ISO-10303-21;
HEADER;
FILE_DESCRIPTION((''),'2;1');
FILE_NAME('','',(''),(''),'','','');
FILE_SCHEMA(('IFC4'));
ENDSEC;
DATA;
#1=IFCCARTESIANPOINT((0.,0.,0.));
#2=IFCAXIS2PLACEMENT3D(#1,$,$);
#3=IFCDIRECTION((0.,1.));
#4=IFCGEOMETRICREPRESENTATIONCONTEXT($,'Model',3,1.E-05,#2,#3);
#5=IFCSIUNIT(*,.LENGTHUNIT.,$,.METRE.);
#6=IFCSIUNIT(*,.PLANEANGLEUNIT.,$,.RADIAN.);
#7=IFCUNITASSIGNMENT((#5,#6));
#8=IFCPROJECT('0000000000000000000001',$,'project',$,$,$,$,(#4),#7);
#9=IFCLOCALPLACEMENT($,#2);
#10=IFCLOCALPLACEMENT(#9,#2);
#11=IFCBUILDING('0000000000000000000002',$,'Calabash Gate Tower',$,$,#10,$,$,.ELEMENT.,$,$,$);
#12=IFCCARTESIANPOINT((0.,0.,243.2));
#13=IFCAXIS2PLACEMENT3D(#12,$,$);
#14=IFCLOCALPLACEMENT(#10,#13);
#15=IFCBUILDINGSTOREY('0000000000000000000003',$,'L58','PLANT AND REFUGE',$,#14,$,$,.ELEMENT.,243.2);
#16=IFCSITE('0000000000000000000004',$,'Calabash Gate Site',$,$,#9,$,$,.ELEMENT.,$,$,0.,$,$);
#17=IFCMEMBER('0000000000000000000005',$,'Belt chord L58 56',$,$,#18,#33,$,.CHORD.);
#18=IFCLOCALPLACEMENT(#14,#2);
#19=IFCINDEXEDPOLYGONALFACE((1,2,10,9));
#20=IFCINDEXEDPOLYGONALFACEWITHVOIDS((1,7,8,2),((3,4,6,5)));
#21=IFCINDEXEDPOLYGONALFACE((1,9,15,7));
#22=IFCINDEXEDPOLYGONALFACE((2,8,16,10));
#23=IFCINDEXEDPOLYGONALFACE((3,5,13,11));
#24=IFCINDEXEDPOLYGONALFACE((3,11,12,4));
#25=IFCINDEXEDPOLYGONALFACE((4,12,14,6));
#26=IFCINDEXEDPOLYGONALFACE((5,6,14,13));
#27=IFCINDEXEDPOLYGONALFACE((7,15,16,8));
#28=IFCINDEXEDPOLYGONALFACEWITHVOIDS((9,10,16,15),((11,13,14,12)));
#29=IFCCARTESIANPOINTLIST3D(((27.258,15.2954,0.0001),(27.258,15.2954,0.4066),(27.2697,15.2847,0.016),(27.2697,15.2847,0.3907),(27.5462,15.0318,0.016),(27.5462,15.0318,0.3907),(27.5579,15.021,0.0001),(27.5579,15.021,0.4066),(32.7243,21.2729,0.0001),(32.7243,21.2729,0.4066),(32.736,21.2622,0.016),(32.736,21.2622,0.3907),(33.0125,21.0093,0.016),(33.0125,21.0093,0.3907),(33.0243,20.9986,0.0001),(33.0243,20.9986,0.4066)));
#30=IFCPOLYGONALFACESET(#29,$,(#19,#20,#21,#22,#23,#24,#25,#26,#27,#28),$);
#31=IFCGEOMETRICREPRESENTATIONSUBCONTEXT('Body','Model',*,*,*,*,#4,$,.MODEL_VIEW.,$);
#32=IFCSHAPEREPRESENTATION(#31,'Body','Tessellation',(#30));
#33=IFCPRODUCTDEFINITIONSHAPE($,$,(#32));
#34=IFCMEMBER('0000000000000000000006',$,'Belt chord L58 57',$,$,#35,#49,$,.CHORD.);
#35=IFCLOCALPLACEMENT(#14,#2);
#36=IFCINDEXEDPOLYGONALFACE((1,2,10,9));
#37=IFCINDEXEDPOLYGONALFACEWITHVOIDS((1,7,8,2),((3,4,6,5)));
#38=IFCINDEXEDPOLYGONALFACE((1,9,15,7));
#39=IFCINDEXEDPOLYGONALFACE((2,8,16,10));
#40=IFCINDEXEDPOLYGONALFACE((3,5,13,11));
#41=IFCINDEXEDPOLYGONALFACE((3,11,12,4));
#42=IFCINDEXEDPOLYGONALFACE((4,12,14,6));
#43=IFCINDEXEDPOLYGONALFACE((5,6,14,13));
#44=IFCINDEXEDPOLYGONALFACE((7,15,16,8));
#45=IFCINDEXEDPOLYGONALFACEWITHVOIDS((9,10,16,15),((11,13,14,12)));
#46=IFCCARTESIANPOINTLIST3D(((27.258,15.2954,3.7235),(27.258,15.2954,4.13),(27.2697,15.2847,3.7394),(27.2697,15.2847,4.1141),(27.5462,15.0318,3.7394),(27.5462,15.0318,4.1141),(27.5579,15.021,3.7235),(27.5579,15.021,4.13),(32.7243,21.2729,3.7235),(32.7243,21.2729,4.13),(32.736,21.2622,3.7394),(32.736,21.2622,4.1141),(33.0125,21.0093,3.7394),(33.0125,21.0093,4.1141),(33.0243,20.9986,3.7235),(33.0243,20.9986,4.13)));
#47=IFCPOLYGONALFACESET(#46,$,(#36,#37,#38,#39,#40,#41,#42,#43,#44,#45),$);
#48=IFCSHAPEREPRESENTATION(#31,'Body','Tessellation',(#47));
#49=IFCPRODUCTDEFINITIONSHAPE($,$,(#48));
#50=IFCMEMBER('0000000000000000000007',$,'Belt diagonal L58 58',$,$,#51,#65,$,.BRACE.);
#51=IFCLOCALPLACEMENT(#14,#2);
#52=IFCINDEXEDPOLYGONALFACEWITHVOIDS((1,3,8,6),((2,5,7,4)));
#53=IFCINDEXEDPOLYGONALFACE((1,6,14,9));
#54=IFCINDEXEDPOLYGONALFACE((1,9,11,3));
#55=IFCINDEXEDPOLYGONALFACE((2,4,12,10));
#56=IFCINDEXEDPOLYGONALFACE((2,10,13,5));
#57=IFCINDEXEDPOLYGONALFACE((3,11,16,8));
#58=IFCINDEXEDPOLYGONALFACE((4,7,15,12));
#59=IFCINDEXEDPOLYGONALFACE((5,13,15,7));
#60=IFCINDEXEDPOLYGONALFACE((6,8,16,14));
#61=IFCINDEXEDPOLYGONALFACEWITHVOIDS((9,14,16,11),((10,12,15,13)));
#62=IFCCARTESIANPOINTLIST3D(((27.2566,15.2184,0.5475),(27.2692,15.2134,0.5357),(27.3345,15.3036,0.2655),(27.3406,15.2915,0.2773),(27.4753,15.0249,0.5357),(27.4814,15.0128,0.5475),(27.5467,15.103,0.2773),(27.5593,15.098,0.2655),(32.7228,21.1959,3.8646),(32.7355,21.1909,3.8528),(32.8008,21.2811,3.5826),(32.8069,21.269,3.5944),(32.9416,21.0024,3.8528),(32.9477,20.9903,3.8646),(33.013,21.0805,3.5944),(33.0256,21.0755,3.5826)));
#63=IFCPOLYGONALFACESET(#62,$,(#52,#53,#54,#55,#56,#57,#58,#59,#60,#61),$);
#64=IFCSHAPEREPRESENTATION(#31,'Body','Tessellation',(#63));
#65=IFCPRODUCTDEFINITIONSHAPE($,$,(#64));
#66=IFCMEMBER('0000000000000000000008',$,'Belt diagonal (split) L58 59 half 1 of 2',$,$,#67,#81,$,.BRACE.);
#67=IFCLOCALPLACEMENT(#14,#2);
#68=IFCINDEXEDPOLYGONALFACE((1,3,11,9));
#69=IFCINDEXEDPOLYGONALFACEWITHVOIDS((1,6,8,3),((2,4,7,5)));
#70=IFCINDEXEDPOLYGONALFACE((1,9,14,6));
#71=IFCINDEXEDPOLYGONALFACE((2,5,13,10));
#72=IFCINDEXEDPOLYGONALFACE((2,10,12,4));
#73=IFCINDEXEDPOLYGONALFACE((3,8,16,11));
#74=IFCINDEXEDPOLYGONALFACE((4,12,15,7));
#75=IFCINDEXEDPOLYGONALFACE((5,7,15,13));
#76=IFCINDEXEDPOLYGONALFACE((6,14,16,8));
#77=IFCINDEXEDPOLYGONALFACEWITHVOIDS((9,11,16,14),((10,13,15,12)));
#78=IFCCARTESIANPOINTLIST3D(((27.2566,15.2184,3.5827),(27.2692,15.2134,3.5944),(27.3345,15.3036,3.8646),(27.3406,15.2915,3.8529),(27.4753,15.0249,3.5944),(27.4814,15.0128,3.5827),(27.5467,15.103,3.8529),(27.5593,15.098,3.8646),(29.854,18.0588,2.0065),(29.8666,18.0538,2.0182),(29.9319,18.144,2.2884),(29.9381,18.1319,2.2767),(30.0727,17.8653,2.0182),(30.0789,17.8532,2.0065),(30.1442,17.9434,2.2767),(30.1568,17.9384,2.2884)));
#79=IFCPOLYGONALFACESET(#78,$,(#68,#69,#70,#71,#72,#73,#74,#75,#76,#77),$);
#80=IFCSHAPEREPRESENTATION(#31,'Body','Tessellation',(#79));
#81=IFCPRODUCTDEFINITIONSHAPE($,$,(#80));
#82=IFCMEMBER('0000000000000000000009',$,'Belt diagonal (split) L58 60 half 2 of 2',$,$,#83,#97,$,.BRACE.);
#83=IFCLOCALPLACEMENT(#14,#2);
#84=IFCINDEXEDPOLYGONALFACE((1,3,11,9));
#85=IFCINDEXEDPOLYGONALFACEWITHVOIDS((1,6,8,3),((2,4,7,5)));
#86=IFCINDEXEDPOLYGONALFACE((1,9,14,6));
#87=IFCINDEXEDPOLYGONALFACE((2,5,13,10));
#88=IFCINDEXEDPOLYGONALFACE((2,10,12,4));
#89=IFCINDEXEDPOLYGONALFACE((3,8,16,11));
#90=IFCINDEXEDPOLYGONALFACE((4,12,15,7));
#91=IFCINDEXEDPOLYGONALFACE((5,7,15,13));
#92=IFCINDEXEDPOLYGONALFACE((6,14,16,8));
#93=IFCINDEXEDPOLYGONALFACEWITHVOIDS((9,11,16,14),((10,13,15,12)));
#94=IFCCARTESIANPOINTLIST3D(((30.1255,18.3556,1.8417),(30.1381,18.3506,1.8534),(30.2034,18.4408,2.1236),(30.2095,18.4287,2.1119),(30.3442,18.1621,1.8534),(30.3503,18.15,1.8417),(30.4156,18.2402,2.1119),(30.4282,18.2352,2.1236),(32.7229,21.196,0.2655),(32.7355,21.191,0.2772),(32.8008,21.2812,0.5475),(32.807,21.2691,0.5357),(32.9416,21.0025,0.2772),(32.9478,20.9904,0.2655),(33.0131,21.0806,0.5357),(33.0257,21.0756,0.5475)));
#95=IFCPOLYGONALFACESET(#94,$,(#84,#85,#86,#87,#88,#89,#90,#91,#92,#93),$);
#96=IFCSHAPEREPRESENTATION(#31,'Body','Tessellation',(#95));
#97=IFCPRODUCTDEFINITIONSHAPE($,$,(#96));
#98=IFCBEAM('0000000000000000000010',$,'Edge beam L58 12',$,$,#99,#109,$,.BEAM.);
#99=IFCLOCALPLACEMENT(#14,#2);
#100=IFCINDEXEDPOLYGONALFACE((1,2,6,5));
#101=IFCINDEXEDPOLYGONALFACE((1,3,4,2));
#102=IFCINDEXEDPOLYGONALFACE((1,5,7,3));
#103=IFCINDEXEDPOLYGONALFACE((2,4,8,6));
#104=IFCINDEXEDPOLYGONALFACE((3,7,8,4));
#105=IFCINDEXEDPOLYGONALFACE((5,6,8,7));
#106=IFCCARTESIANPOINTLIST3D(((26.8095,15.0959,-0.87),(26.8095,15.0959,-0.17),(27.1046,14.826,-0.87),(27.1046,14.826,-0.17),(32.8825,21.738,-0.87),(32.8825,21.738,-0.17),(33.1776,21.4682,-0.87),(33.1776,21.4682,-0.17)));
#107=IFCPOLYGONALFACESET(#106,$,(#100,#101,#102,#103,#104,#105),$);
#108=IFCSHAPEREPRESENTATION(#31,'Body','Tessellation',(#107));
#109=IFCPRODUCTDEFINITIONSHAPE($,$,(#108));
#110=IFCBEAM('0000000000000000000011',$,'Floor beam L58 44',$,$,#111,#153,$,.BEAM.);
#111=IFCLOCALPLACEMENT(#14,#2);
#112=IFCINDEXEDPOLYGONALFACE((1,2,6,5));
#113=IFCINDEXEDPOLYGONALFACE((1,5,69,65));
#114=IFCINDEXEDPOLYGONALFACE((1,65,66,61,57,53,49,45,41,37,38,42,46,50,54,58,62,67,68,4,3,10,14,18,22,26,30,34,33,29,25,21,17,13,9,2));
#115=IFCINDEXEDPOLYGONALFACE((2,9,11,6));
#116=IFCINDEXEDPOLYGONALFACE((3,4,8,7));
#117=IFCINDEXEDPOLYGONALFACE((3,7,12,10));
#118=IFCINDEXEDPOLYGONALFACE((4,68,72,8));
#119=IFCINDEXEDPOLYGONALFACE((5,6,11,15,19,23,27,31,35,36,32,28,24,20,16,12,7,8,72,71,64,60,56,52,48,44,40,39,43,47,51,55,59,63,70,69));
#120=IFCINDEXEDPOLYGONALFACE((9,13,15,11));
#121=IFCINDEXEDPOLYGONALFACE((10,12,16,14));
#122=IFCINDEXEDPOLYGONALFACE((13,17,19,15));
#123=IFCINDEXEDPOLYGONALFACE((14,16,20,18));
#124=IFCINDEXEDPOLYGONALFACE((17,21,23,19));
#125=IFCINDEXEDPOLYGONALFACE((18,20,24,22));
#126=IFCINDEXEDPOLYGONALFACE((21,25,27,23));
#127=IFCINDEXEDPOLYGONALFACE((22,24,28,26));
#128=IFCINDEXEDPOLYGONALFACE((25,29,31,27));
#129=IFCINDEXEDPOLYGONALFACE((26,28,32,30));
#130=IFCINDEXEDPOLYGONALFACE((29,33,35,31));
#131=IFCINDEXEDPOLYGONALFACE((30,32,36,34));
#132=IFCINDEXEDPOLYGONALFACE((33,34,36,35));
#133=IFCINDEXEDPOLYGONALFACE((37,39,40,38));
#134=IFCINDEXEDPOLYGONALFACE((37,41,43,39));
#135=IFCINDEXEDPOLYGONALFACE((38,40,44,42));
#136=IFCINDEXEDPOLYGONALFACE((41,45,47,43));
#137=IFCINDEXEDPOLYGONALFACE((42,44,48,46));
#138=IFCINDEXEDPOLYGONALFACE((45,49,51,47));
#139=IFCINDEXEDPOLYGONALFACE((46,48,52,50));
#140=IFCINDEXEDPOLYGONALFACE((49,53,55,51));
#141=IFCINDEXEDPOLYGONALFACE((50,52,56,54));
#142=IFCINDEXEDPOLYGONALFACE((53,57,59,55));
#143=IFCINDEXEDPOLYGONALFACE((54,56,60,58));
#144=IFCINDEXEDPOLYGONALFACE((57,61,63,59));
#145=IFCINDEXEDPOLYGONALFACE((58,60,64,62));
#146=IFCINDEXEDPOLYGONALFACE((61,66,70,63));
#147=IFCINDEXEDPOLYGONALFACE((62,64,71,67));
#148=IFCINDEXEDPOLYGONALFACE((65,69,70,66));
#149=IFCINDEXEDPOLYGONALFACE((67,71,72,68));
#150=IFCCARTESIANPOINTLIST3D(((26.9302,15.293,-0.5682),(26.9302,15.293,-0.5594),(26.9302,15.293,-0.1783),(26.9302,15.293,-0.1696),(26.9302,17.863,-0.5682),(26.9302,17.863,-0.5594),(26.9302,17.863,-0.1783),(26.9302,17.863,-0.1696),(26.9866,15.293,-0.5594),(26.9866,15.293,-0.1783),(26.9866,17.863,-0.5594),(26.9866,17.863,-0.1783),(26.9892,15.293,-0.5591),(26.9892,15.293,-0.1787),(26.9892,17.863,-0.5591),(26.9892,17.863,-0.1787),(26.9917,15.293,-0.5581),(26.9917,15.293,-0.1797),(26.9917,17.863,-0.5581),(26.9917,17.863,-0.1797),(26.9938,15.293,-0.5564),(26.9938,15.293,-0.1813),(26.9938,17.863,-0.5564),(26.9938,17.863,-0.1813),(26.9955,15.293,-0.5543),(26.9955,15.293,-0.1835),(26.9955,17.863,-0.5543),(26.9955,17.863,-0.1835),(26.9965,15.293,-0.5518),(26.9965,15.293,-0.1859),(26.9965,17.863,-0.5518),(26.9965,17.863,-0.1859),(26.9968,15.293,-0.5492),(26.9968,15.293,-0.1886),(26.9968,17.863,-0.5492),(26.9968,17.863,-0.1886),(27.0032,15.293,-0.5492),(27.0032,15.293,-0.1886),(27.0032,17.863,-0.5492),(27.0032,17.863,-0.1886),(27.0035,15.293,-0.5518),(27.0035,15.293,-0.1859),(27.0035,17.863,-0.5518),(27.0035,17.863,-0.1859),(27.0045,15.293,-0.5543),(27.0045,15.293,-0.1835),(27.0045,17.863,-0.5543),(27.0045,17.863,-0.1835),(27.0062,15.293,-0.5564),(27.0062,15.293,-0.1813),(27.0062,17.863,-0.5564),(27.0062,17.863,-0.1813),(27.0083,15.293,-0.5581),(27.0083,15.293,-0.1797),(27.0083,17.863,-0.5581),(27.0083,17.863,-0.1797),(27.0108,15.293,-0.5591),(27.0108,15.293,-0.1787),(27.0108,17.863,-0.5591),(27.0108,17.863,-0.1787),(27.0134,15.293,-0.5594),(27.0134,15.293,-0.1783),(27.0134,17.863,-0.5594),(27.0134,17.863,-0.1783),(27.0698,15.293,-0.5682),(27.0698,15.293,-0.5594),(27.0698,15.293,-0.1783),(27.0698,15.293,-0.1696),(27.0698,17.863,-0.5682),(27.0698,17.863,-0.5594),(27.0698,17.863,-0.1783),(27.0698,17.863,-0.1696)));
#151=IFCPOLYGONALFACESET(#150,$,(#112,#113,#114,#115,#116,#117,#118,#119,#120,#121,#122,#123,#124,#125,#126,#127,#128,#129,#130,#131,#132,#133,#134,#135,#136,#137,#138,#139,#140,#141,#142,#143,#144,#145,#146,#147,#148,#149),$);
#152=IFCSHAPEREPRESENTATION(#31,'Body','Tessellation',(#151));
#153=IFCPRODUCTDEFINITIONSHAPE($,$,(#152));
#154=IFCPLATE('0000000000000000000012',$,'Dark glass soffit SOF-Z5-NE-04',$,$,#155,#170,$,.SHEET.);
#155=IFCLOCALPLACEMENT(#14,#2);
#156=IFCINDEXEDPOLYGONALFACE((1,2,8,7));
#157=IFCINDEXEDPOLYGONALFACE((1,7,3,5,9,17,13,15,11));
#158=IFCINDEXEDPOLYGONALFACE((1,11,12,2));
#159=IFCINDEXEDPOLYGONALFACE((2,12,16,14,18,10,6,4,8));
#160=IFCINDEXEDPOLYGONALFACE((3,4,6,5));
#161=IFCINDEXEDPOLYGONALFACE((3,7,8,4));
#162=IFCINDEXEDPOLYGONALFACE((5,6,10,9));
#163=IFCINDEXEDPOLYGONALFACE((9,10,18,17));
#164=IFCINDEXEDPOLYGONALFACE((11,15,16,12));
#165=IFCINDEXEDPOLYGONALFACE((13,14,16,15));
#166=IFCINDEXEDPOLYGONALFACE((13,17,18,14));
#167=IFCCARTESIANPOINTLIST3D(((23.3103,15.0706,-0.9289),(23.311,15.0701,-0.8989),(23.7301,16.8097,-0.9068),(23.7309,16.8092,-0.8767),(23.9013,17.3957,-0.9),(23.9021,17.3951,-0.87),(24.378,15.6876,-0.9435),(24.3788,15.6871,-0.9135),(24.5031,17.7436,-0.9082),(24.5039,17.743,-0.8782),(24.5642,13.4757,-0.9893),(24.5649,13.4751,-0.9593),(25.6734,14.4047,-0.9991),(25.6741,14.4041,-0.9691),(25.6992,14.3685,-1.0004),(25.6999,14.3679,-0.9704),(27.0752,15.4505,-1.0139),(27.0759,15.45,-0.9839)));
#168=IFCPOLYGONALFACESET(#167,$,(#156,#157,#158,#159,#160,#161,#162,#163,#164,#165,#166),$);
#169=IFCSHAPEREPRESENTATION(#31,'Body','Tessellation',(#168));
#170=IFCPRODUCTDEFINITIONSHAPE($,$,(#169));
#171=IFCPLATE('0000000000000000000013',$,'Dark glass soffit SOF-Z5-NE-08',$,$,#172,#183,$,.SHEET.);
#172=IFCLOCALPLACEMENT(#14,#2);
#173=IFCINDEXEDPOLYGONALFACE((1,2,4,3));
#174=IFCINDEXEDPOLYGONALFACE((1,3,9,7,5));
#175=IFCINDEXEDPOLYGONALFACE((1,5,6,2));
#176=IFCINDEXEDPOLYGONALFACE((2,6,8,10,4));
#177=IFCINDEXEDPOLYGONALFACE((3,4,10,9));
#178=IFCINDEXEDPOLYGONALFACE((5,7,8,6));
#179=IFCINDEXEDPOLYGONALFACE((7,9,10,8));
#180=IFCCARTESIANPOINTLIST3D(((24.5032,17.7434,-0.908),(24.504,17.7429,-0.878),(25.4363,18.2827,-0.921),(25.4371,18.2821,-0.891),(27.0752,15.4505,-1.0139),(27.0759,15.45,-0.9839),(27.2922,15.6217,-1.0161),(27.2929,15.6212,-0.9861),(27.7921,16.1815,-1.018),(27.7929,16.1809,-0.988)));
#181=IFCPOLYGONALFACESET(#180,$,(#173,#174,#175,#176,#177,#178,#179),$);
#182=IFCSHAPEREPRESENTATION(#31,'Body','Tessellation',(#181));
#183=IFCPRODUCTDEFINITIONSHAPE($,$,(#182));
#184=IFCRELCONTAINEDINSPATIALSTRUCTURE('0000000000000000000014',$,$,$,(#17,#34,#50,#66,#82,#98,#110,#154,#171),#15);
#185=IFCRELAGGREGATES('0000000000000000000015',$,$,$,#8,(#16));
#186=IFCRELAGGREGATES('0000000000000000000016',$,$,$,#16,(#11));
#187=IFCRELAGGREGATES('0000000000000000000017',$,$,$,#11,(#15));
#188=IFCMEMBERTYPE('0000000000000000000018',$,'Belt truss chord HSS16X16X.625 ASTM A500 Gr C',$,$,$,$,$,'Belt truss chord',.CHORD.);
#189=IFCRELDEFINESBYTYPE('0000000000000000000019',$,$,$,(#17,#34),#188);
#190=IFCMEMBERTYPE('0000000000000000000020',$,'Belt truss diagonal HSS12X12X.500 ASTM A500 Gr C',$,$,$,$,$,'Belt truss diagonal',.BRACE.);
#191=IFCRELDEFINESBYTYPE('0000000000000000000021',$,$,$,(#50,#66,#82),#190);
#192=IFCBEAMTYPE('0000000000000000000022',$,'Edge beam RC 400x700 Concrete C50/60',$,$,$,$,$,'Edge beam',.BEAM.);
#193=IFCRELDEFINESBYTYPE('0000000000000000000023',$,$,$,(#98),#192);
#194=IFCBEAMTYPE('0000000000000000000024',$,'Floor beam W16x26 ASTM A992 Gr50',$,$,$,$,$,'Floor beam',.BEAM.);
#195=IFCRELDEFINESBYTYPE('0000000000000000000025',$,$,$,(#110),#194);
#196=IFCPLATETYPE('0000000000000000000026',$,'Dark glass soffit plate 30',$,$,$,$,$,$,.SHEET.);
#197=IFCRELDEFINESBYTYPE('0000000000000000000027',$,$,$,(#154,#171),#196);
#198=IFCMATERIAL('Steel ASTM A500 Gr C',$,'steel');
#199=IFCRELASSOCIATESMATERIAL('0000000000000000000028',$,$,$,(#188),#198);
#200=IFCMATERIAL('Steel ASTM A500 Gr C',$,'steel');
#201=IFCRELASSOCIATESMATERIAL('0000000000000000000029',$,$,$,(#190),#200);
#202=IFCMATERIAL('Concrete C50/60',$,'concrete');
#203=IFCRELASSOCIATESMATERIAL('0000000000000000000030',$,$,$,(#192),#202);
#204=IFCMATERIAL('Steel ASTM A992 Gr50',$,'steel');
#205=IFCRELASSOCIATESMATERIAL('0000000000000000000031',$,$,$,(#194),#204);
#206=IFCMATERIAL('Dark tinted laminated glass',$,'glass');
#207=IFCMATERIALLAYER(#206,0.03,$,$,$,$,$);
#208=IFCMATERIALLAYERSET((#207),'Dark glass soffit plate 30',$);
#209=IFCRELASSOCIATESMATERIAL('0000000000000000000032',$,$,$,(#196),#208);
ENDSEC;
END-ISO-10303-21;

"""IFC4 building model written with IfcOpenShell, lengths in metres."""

from ifc_helpers import new_model, si_unit, direction, frame, origin, origin_2d, place, context, subcontext, project, spatial, polyline, rectangle, hollow_rectangle, i_section, outline, extrude, material, layer, layer_set, material_profile, profile_set, type_object, element, save


model = new_model("IFC4")

# Units and contexts
model_context = context("Model", 3, precision=1e-05, world=origin(), true_north=direction((0.0, 1.0)))
body_context = subcontext(model_context, "Body", "Model", "MODEL_VIEW")
ifc_project = project(units=[si_unit("LENGTHUNIT", "METRE"), si_unit("PLANEANGLEUNIT", "RADIAN")], contexts=[model_context])

# Site, building, storey
site_placement = place(None, origin())
site = spatial("IfcSite", under=ifc_project, at=site_placement, Name="Calabash Gate Site", CompositionType="ELEMENT", RefElevation=0.0)
building_placement = place(site_placement, origin())
building = spatial("IfcBuilding", under=site, at=building_placement, Name="Calabash Gate Tower", CompositionType="ELEMENT")
storey_placement = place(building_placement, frame((0.0, 0.0, 243.2)))
storey = spatial("IfcBuildingStorey", under=building, at=storey_placement, Name="L58", Description="PLANT AND REFUGE", CompositionType="ELEMENT", Elevation=243.2)

# Members
ifc_material_1 = material(Name="Steel ASTM A500 Gr C", Category="steel")
ifc_material_profile_1 = material_profile(ifc_material_1, hollow_rectangle(XDim=0.4065, YDim=0.4065, WallThickness=0.0159, at=origin_2d()))
ifc_profile_set_1 = profile_set([ifc_material_profile_1], Name="Steel ASTM A500 Gr C")
member_type_1 = type_object("IfcMemberType", Name="Belt truss chord HSS16X16X.625 ASTM A500 Gr C", ElementType="Belt truss chord", PredefinedType="CHORD", material=ifc_profile_set_1)
for number, where, z_axis, x_axis, name in (
    (1, (27.408, 15.1582, 0.2034), (0.674845, 0.737959, 0.0), (-0.737959, 0.674845, 0.0), "Belt chord L58 56"),
    (2, (27.408, 15.1582, 3.9268), (0.674845, 0.737959, 0.0), (-0.737959, 0.674845, 0.0), "Belt chord L58 57"),
):
    element("IfcMember", number, at=place(storey_placement, frame(where, z_axis=z_axis, x_axis=x_axis)), inside=storey, type_object=member_type_1, Name=name, PredefinedType="CHORD", context=body_context, shape_type="SweptSolid", body=[
        extrude(hollow_rectangle(XDim=0.4065, YDim=0.4065, WallThickness=0.0159, at=origin_2d()), origin(), (0.0, 0.0, 1.0), 8.1001),
    ])
ifc_material_2 = material(Name="Steel ASTM A500 Gr C", Category="steel")
ifc_material_profile_2 = material_profile(ifc_material_2, hollow_rectangle(XDim=0.3047, YDim=0.3047, WallThickness=0.0127, at=origin_2d()))
ifc_profile_set_2 = profile_set([ifc_material_profile_2], Name="Steel ASTM A500 Gr C")
member_type_2 = type_object("IfcMemberType", Name="Belt truss diagonal HSS12X12X.500 ASTM A500 Gr C", ElementType="Belt truss diagonal", PredefinedType="BRACE", material=ifc_profile_set_2)
member_placement = place(storey_placement, frame((27.408, 15.1582, 0.4065), z_axis=(0.624507, 0.682914, 0.378972), x_axis=(-0.737959, 0.674845, 0.0)))
element("IfcMember", 3, at=member_placement, inside=storey, type_object=member_type_2, Name="Belt diagonal L58 58", PredefinedType="BRACE", context=body_context, shape_type="SweptSolid", body=[
    extrude(hollow_rectangle(XDim=0.3047, YDim=0.3047, WallThickness=0.0127, at=origin_2d()), origin(), (0.0, 0.0, 1.0), 8.7529),
])
for number, where, z_axis, x_axis, name in (
    (4, (27.408, 15.1582, 3.7236), (0.624509, 0.682915, -0.378967), (-0.737959, 0.674845, 0.0), "Belt diagonal (split) L58 59 half 1 of 2"),
    (5, (30.2769, 18.2954, 1.9827), (0.624509, 0.682915, -0.378967), (-0.737959, 0.674845, 0.0), "Belt diagonal (split) L58 60 half 2 of 2"),
):
    element("IfcMember", number, at=place(storey_placement, frame(where, z_axis=z_axis, x_axis=x_axis)), inside=storey, type_object=member_type_2, Name=name, PredefinedType="BRACE", context=body_context, shape_type="SweptSolid", body=[
        extrude(hollow_rectangle(XDim=0.3047, YDim=0.3047, WallThickness=0.0127, at=origin_2d()), origin(), (0.0, 0.0, 1.0), 4.1592),
    ])

# Beams
ifc_material_3 = material(Name="Concrete C50/60", Category="concrete")
ifc_material_profile_3 = material_profile(ifc_material_3, rectangle(XDim=0.3999, YDim=0.7, at=origin_2d()))
ifc_profile_set_3 = profile_set([ifc_material_profile_3], Name="Concrete C50/60")
beam_type_1 = type_object("IfcBeamType", Name="Edge beam RC 400x700 Concrete C50/60", ElementType="Edge beam", PredefinedType="BEAM", material=ifc_profile_set_3)
beam_1_placement = place(storey_placement, frame((26.957, 14.9609, -0.52), z_axis=(0.674783, 0.738016, 0.0), x_axis=(-0.738016, 0.674783, 0.0)))
element("IfcBeam", 6, at=beam_1_placement, inside=storey, type_object=beam_type_1, Name="Edge beam L58 12", PredefinedType="BEAM", context=body_context, shape_type="SweptSolid", body=[
    extrude(rectangle(XDim=0.3999, YDim=0.7, at=origin_2d()), origin(), (0.0, 0.0, 1.0), 9.0),
])
ifc_material_4 = material(Name="Steel ASTM A992 Gr50", Category="steel")
ifc_material_profile_4 = material_profile(ifc_material_4, i_section(OverallWidth=0.1396, OverallDepth=0.3987, WebThickness=0.0063, FlangeThickness=0.0088, FilletRadius=0.0103, at=origin_2d()))
ifc_profile_set_4 = profile_set([ifc_material_profile_4], Name="Steel ASTM A992 Gr50")
beam_type_2 = type_object("IfcBeamType", Name="Floor beam W16x26 ASTM A992 Gr50", ElementType="Floor beam", PredefinedType="BEAM", material=ifc_profile_set_4)
beam_2_placement = place(storey_placement, frame((27.0, 15.293, -0.3689), z_axis=(0.0, 1.0, 0.0), x_axis=(-1.0, 0.0, 0.0)))
element("IfcBeam", 7, at=beam_2_placement, inside=storey, type_object=beam_type_2, Name="Floor beam L58 44", PredefinedType="BEAM", context=body_context, shape_type="SweptSolid", body=[
    extrude(i_section(OverallWidth=0.1396, OverallDepth=0.3987, WebThickness=0.0063, FlangeThickness=0.0088, FilletRadius=0.0103, at=origin_2d()), origin(), (0.0, 0.0, 1.0), 2.5701),
])

# Plates
ifc_material_5 = material(Name="Dark tinted laminated glass", Category="glass")
ifc_layer_1 = layer(ifc_material_5, 0.03)
ifc_layer_set_1 = layer_set([ifc_layer_1], Name="Dark glass soffit plate 30")
plate_type_1 = type_object("IfcPlateType", Name="Dark glass soffit plate 30", PredefinedType="SHEET", material=ifc_layer_set_1)
plate_1_placement = place(storey_placement, frame((27.0759, 15.45, -0.9839), z_axis=(0.024442, -0.01864, 0.999527), x_axis=(-0.801478, -0.597965, 0.008447)))
element("IfcPlate", 8, at=plate_1_placement, inside=storey, type_object=plate_type_1, Name="Dark glass soffit SOF-Z5-NE-04", PredefinedType="SHEET", context=body_context, shape_type="SweptSolid", body=[
    extrude(outline(polyline([(0.0, 0.0), (1.749, 0.0), (1.75, 0.0444), (3.1936, 0.0813), (3.2454, -1.9478), (2.0205, -1.8037), (1.8691, -3.0911), (1.3816, -3.4585), (0.6912, -3.3774), (0.0, 0.0)])), origin(), (0.0, 0.0, -1.0), 0.03),
])
plate_2_placement = place(storey_placement, frame((27.0759, 15.45, -0.9839), z_axis=(0.024618, -0.018544, 0.999525), x_axis=(-0.746087, 0.66514, 0.030716)))
element("IfcPlate", 9, at=plate_2_placement, inside=storey, type_object=plate_type_1, Name="Dark glass soffit SOF-Z5-NE-08", PredefinedType="SHEET", context=body_context, shape_type="SweptSolid", body=[
    extrude(outline(polyline([(0.0, 0.0), (3.4473, 0.0), (3.1094, -1.0234), (-0.0488, -1.0227), (-0.0481, -0.2722), (0.0, 0.0)])), origin(), (0.0, 0.0, -1.0), 0.03),
])

save(model, "model.ifc")
